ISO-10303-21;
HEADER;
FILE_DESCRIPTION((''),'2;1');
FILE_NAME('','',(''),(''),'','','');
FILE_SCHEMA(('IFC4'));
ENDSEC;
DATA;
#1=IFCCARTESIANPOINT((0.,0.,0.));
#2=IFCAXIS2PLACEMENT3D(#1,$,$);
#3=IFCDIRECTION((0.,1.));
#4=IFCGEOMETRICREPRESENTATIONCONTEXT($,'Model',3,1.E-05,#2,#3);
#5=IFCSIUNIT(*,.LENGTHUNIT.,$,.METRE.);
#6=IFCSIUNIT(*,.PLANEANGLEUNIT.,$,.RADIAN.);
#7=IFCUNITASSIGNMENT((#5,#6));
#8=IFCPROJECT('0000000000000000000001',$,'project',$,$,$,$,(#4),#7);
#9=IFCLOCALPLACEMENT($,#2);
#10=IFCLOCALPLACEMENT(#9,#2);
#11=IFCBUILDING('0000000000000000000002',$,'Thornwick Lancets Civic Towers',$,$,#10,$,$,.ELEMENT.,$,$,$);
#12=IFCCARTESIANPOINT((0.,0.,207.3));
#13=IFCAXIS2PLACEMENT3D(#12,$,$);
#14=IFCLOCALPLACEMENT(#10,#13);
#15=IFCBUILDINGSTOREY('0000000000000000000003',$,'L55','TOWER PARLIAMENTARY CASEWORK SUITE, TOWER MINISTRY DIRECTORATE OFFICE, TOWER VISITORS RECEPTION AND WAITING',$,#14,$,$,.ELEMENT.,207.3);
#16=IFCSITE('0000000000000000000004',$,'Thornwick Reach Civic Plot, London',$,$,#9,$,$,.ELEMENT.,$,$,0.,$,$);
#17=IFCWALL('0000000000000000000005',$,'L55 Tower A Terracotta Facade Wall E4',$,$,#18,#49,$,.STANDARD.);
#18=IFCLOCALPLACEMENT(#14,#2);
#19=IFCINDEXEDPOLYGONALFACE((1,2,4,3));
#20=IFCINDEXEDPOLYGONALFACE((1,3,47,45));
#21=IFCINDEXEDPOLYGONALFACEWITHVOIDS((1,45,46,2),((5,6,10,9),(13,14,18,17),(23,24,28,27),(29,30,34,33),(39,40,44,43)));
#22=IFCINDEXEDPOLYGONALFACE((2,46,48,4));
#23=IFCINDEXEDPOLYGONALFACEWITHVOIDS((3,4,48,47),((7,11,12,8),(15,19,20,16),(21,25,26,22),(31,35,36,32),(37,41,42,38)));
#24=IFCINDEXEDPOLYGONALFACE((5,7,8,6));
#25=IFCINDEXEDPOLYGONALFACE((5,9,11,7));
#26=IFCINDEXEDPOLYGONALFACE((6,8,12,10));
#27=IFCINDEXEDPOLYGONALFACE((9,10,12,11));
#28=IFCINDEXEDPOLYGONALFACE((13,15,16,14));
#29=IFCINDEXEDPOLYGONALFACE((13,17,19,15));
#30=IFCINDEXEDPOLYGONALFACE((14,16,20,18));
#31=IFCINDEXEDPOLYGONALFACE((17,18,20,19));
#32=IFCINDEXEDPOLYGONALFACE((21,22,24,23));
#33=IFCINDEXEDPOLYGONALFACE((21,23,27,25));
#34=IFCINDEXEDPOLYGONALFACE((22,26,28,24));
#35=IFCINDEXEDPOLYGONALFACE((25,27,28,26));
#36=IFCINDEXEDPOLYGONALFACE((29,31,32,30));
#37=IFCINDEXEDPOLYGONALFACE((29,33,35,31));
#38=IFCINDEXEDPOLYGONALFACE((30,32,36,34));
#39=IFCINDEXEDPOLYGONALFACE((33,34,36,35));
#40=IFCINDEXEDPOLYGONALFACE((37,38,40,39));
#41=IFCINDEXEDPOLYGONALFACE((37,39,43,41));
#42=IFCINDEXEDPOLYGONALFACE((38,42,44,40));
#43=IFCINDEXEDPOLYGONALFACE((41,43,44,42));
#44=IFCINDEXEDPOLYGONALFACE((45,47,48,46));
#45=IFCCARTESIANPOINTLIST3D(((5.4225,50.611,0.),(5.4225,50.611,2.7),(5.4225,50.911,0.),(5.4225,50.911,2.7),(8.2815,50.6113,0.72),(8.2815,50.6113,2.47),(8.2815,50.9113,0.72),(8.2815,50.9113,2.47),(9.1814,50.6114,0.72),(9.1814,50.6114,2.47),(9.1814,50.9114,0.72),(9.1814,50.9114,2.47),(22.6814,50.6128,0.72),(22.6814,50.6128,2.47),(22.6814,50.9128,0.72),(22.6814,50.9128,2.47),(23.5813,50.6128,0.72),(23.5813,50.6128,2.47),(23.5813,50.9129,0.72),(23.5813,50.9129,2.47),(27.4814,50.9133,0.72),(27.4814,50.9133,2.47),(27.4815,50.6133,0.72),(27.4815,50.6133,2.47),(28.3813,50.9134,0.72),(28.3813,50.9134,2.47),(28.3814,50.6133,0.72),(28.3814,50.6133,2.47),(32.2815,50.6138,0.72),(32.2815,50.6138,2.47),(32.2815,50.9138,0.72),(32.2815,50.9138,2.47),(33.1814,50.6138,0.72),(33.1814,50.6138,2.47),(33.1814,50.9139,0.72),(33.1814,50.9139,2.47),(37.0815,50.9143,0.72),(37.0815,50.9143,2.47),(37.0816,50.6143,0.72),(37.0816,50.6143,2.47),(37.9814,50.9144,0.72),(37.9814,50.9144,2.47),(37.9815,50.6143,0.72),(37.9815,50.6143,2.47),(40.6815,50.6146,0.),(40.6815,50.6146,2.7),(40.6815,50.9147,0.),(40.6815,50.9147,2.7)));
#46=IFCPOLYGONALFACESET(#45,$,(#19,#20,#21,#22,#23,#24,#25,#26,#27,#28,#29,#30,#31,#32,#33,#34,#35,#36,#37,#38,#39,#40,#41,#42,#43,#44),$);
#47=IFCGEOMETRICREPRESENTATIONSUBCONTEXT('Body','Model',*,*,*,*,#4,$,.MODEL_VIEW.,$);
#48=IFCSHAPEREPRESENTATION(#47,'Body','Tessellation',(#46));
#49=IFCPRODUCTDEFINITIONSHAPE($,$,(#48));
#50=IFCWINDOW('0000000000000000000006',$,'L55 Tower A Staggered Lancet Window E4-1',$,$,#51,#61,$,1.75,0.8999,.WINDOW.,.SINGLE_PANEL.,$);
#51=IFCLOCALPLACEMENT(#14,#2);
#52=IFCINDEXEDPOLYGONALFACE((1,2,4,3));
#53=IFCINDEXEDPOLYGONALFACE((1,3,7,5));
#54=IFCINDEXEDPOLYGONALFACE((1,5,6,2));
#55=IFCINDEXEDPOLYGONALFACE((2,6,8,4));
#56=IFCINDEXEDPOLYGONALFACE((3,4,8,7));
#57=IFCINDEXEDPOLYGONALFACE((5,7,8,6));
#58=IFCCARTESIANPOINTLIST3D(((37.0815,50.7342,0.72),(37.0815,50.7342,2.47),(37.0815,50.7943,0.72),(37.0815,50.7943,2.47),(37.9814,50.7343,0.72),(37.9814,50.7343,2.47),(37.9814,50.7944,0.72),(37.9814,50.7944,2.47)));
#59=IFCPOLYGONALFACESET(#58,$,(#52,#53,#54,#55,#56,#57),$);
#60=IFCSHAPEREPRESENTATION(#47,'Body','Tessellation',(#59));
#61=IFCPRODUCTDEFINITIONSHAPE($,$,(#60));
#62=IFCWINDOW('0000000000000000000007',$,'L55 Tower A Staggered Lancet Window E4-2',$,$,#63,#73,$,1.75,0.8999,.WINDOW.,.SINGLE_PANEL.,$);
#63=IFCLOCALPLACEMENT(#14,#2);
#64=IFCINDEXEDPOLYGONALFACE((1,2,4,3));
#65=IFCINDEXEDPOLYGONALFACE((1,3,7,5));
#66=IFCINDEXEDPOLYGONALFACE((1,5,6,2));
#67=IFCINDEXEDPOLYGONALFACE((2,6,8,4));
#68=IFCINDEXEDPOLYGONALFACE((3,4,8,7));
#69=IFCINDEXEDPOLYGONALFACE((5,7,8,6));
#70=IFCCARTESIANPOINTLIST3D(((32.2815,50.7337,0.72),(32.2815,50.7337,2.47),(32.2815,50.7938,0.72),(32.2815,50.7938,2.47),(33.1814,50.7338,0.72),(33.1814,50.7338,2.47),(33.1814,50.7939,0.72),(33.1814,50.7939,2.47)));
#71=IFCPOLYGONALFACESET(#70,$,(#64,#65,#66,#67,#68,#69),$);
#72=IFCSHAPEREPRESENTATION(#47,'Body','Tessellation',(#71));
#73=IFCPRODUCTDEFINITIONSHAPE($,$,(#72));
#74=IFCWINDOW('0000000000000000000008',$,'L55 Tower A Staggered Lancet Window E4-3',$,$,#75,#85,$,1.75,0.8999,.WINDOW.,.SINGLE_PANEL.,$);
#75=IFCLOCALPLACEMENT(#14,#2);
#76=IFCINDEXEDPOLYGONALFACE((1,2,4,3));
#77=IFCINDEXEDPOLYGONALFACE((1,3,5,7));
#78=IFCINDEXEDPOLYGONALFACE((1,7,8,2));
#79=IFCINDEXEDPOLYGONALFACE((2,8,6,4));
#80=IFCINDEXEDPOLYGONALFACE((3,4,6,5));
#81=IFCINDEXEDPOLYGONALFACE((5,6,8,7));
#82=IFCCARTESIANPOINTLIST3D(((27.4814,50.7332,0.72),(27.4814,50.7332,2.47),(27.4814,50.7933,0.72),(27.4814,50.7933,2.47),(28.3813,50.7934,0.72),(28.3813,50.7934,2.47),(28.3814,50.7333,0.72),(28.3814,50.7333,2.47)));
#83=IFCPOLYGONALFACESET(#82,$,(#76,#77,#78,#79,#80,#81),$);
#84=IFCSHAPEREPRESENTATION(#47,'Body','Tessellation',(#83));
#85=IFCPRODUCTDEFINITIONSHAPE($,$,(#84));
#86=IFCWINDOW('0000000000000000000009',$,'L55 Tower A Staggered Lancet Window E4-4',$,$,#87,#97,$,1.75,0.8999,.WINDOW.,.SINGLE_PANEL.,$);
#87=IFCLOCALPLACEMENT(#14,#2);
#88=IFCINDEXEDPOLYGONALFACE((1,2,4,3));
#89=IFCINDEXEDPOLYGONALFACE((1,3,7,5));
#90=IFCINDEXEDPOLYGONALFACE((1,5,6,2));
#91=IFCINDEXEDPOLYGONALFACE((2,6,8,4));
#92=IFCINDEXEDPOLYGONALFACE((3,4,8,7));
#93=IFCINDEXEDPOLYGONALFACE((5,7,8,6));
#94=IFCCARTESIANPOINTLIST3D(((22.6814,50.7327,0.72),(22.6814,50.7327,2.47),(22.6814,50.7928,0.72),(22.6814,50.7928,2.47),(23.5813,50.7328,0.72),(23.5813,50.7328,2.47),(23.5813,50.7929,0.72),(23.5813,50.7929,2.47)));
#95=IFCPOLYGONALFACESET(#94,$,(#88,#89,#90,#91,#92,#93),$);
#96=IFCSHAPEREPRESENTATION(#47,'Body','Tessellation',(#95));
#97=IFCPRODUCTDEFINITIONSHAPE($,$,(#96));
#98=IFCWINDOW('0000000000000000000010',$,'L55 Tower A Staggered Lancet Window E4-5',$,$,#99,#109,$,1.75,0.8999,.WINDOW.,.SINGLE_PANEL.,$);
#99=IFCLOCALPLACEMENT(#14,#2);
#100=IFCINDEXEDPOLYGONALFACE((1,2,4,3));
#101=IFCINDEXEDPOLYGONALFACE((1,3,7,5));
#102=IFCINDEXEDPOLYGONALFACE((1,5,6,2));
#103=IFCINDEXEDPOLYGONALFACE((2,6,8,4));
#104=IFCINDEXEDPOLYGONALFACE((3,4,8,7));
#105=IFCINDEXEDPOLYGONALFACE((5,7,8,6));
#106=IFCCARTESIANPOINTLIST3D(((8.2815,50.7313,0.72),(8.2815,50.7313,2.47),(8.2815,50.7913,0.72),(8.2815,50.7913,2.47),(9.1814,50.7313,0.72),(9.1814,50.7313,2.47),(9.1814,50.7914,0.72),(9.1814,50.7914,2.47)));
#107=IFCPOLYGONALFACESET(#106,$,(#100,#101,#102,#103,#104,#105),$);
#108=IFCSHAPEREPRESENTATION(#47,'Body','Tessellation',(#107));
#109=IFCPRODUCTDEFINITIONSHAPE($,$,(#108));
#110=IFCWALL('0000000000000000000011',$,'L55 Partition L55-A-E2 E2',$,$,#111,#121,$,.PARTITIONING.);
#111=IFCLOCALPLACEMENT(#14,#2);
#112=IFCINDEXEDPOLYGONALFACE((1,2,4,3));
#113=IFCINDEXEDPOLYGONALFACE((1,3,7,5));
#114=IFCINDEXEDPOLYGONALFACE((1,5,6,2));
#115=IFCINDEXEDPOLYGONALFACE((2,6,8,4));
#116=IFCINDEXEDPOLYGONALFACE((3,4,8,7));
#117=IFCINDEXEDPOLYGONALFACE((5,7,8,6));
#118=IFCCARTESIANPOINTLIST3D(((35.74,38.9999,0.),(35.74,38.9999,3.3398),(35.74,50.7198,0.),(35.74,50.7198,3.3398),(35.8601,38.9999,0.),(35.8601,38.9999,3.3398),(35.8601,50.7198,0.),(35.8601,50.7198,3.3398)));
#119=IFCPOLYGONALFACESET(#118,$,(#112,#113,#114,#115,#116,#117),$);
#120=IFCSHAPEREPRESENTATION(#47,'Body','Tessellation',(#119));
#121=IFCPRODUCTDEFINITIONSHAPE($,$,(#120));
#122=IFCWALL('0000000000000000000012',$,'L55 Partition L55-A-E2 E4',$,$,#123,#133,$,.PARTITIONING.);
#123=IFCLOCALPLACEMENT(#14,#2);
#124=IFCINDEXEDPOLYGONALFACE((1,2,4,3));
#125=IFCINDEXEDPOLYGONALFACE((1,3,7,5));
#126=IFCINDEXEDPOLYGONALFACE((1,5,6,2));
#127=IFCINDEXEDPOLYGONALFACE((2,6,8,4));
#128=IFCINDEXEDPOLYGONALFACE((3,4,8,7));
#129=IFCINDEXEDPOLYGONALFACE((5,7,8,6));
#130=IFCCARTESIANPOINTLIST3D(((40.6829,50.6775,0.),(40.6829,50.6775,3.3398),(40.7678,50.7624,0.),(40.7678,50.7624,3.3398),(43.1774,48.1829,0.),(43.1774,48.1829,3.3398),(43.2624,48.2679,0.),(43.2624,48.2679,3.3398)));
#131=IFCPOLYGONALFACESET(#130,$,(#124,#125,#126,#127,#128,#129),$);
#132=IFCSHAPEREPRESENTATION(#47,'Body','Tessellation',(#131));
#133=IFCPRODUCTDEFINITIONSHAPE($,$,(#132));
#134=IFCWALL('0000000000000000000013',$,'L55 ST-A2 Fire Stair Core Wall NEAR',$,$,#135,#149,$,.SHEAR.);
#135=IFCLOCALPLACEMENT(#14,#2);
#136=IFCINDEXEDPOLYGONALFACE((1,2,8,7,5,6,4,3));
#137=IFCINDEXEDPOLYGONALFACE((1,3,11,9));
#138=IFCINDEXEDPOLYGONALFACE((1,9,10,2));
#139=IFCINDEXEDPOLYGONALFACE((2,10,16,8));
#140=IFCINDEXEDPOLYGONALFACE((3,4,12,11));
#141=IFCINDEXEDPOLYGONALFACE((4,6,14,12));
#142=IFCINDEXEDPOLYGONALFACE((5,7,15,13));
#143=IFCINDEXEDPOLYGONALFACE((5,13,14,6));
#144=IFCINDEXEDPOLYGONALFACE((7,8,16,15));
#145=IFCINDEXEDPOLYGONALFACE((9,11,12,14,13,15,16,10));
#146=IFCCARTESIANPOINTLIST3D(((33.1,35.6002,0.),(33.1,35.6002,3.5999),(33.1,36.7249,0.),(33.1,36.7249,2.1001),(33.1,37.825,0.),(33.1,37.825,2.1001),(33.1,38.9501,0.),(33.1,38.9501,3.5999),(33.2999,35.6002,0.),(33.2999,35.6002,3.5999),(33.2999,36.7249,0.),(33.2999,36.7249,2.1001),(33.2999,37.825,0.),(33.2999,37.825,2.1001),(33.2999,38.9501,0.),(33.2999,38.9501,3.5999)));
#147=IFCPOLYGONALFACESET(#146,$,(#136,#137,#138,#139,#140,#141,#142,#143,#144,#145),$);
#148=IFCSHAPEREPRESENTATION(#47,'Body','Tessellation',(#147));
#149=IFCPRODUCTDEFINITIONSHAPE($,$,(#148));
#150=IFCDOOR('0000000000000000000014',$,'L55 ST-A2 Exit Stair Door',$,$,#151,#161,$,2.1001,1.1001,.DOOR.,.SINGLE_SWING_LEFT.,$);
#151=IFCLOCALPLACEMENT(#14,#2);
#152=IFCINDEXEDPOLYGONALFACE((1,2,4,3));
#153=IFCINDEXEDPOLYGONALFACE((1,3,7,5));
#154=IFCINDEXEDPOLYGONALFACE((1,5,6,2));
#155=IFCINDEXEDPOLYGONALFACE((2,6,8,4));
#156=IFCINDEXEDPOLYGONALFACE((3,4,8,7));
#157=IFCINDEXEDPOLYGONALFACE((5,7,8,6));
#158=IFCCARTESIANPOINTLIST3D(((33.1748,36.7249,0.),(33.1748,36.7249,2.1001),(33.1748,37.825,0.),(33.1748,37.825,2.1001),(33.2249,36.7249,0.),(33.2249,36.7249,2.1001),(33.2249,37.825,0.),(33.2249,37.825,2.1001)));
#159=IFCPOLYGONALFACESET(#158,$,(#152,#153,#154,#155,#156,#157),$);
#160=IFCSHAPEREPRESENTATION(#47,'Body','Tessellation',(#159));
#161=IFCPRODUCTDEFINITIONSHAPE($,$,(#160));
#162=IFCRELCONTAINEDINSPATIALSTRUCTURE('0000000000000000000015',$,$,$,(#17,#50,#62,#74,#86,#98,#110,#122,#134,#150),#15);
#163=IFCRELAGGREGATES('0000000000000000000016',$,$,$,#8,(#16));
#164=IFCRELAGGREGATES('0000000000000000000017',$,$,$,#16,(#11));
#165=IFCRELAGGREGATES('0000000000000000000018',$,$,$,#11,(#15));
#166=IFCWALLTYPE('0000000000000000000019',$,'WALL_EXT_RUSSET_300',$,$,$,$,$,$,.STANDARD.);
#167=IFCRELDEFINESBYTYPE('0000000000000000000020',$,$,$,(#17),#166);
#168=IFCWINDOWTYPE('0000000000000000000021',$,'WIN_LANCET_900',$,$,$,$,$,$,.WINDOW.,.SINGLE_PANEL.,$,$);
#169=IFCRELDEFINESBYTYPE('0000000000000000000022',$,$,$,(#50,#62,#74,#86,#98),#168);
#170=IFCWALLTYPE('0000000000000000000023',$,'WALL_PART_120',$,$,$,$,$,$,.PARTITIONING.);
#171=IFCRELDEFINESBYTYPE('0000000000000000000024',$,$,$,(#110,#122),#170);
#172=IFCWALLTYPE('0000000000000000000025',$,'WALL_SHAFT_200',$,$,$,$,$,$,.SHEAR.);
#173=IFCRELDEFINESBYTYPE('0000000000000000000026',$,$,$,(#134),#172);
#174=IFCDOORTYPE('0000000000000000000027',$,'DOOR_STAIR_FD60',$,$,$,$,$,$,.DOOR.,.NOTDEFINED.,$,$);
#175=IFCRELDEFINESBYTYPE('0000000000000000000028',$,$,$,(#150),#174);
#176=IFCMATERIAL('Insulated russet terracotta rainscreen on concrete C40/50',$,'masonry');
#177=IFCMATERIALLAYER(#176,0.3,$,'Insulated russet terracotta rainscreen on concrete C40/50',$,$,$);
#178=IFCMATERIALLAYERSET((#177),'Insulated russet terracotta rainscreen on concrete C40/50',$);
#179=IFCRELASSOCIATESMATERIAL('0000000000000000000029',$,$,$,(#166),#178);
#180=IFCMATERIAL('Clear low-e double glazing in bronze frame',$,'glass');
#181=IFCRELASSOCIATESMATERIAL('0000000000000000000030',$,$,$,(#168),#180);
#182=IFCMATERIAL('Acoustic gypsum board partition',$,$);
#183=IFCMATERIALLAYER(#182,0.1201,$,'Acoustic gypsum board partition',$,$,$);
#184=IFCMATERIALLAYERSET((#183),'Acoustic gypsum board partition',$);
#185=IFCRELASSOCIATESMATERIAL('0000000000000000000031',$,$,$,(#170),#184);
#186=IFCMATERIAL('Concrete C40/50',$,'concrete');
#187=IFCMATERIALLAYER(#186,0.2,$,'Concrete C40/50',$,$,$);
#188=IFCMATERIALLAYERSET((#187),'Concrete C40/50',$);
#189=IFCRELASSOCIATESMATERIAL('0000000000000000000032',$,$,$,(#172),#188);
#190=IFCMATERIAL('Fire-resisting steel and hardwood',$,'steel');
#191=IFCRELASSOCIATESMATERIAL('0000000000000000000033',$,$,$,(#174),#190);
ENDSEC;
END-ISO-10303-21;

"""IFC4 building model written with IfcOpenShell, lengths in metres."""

from ifc_helpers import new_model, si_unit, direction, frame, frame_2d, origin, place, context, subcontext, project, spatial, rectangle, extrude, material, layer, layer_set, type_object, element, fill, save


model = new_model("IFC4")

# Units and contexts
model_context = context("Model", 3, precision=1e-05, world=origin(), true_north=direction((0.0, 1.0)))
body_context = subcontext(model_context, "Body", "Model", "MODEL_VIEW")
ifc_project = project(units=[si_unit("LENGTHUNIT", "METRE"), si_unit("PLANEANGLEUNIT", "RADIAN")], contexts=[model_context])

# Site, building, storey
site_placement = place(None, origin())
site = spatial("IfcSite", under=ifc_project, at=site_placement, Name="Thornwick Reach Civic Plot, London", CompositionType="ELEMENT", RefElevation=0.0)
building_placement = place(site_placement, origin())
building = spatial("IfcBuilding", under=site, at=building_placement, Name="Thornwick Lancets Civic Towers", CompositionType="ELEMENT")
storey_placement = place(building_placement, frame((0.0, 0.0, 207.3)))
storey = spatial("IfcBuildingStorey", under=building, at=storey_placement, Name="L55", Description="TOWER PARLIAMENTARY CASEWORK SUITE, TOWER MINISTRY DIRECTORATE OFFICE, TOWER VISITORS RECEPTION AND WAITING", CompositionType="ELEMENT", Elevation=207.3)

# Shared definitions
ifc_material_1 = material(Name="Concrete C40/50", Category="concrete")

# Wall, openings, windows
ifc_material_2 = material(Name="Insulated russet terracotta rainscreen on concrete C40/50", Category="masonry")
ifc_layer_1 = layer(ifc_material_2, 0.3, Name="Insulated russet terracotta rainscreen on concrete C40/50")
ifc_layer_set_1 = layer_set([ifc_layer_1], Name="Insulated russet terracotta rainscreen on concrete C40/50")
wall_type_1 = type_object("IfcWallType", Name="WALL_EXT_RUSSET_300", PredefinedType="STANDARD", material=ifc_layer_set_1)
wall_1_placement = place(storey_placement, frame((40.6814, 50.7646, 0.0), z_axis=(0.0, 0.0, 1.0), x_axis=(-1.0, -0.000104, 0.0)))
wall_1 = element("IfcWall", 1, at=wall_1_placement, inside=storey, type_object=wall_type_1, Name="L55 Tower A Terracotta Facade Wall E4", PredefinedType="STANDARD", context=body_context, shape_type="SweptSolid", body=[
    extrude(rectangle(XDim=35.259, YDim=0.3, at=frame_2d((17.6294, 0.0))), origin(), (0.0, 0.0, 1.0), 2.7),
])
opening_1_placement = place(wall_1_placement, frame((2.7, 0.0, 0.72)))
opening_1 = element("IfcOpeningElement", 2, at=opening_1_placement, cuts=wall_1, PredefinedType="OPENING", context=body_context, shape_type="SweptSolid", body=[
    extrude(rectangle(XDim=0.8999, YDim=1.75, at=frame_2d((0.45, 0.875))), frame((0.0, 0.1602, 0.0), z_axis=(0.0, -1.0, 0.0), x_axis=(1.0, 0.0, 0.0)), (0.0, 0.0, 1.0), 0.3201),
])
opening_2_placement = place(wall_1_placement, frame((7.5, 0.0, 0.72)))
opening_2 = element("IfcOpeningElement", 3, at=opening_2_placement, cuts=wall_1, PredefinedType="OPENING", context=body_context, shape_type="SweptSolid", body=[
    extrude(rectangle(XDim=0.8999, YDim=1.75, at=frame_2d((0.45, 0.875))), frame((0.0, 0.1602, 0.0), z_axis=(0.0, -1.0, 0.0), x_axis=(1.0, 0.0, 0.0)), (0.0, 0.0, 1.0), 0.3201),
])
opening_3_placement = place(wall_1_placement, frame((12.3, 0.0, 0.72)))
opening_3 = element("IfcOpeningElement", 4, at=opening_3_placement, cuts=wall_1, PredefinedType="OPENING", context=body_context, shape_type="SweptSolid", body=[
    extrude(rectangle(XDim=0.8999, YDim=1.75, at=frame_2d((0.45, 0.875))), frame((0.0, 0.1602, 0.0), z_axis=(0.0, -1.0, 0.0), x_axis=(1.0, 0.0, 0.0)), (0.0, 0.0, 1.0), 0.3201),
])
opening_4_placement = place(wall_1_placement, frame((17.1001, 0.0, 0.72)))
opening_4 = element("IfcOpeningElement", 5, at=opening_4_placement, cuts=wall_1, PredefinedType="OPENING", context=body_context, shape_type="SweptSolid", body=[
    extrude(rectangle(XDim=0.8999, YDim=1.75, at=frame_2d((0.45, 0.875))), frame((0.0, 0.1602, 0.0), z_axis=(0.0, -1.0, 0.0), x_axis=(1.0, 0.0, 0.0)), (0.0, 0.0, 1.0), 0.3201),
])
opening_5_placement = place(wall_1_placement, frame((31.5, 0.0, 0.72)))
opening_5 = element("IfcOpeningElement", 6, at=opening_5_placement, cuts=wall_1, PredefinedType="OPENING", context=body_context, shape_type="SweptSolid", body=[
    extrude(rectangle(XDim=0.8999, YDim=1.75, at=frame_2d((0.45, 0.875))), frame((0.0, 0.1602, 0.0), z_axis=(0.0, -1.0, 0.0), x_axis=(1.0, 0.0, 0.0)), (0.0, 0.0, 1.0), 0.3201),
])
ifc_material_3 = material(Name="Clear low-e double glazing in bronze frame", Category="glass")
window_type = type_object("IfcWindowType", Name="WIN_LANCET_900", PartitioningType="SINGLE_PANEL", PredefinedType="WINDOW", material=ifc_material_3)
window_1_placement = place(opening_1_placement, origin())
window_1 = element("IfcWindow", 7, at=window_1_placement, inside=storey, type_object=window_type, Name="L55 Tower A Staggered Lancet Window E4-1", OverallHeight=1.75, OverallWidth=0.8999, PartitioningType="SINGLE_PANEL", PredefinedType="WINDOW", context=body_context, shape_type="SweptSolid", body=[
    extrude(rectangle(XDim=0.8999, YDim=1.75, at=frame_2d((0.45, 0.875))), frame((0.0, 0.03, 0.0), z_axis=(0.0, -1.0, 0.0), x_axis=(1.0, 0.0, 0.0)), (0.0, 0.0, 1.0), 0.0601),
])
fill(opening_1, window_1)
window_2_placement = place(opening_2_placement, origin())
window_2 = element("IfcWindow", 8, at=window_2_placement, inside=storey, type_object=window_type, Name="L55 Tower A Staggered Lancet Window E4-2", OverallHeight=1.75, OverallWidth=0.8999, PartitioningType="SINGLE_PANEL", PredefinedType="WINDOW", context=body_context, shape_type="SweptSolid", body=[
    extrude(rectangle(XDim=0.8999, YDim=1.75, at=frame_2d((0.45, 0.875))), frame((0.0, 0.03, 0.0), z_axis=(0.0, -1.0, 0.0), x_axis=(1.0, 0.0, 0.0)), (0.0, 0.0, 1.0), 0.0601),
])
fill(opening_2, window_2)
window_3_placement = place(opening_3_placement, origin())
window_3 = element("IfcWindow", 9, at=window_3_placement, inside=storey, type_object=window_type, Name="L55 Tower A Staggered Lancet Window E4-3", OverallHeight=1.75, OverallWidth=0.8999, PartitioningType="SINGLE_PANEL", PredefinedType="WINDOW", context=body_context, shape_type="SweptSolid", body=[
    extrude(rectangle(XDim=0.8999, YDim=1.75, at=frame_2d((0.45, 0.875))), frame((0.0, 0.03, 0.0), z_axis=(0.0, -1.0, 0.0), x_axis=(1.0, 0.0, 0.0)), (0.0, 0.0, 1.0), 0.0601),
])
fill(opening_3, window_3)
window_4_placement = place(opening_4_placement, origin())
window_4 = element("IfcWindow", 10, at=window_4_placement, inside=storey, type_object=window_type, Name="L55 Tower A Staggered Lancet Window E4-4", OverallHeight=1.75, OverallWidth=0.8999, PartitioningType="SINGLE_PANEL", PredefinedType="WINDOW", context=body_context, shape_type="SweptSolid", body=[
    extrude(rectangle(XDim=0.8999, YDim=1.75, at=frame_2d((0.45, 0.875))), frame((0.0, 0.03, 0.0), z_axis=(0.0, -1.0, 0.0), x_axis=(1.0, 0.0, 0.0)), (0.0, 0.0, 1.0), 0.0601),
])
fill(opening_4, window_4)
window_5_placement = place(opening_5_placement, origin())
window_5 = element("IfcWindow", 11, at=window_5_placement, inside=storey, type_object=window_type, Name="L55 Tower A Staggered Lancet Window E4-5", OverallHeight=1.75, OverallWidth=0.8999, PartitioningType="SINGLE_PANEL", PredefinedType="WINDOW", context=body_context, shape_type="SweptSolid", body=[
    extrude(rectangle(XDim=0.8999, YDim=1.75, at=frame_2d((0.45, 0.875))), frame((0.0, 0.03, 0.0), z_axis=(0.0, -1.0, 0.0), x_axis=(1.0, 0.0, 0.0)), (0.0, 0.0, 1.0), 0.0601),
])
fill(opening_5, window_5)

# Walls
ifc_material_4 = material(Name="Acoustic gypsum board partition")
ifc_layer_2 = layer(ifc_material_4, 0.1201, Name="Acoustic gypsum board partition")
ifc_layer_set_2 = layer_set([ifc_layer_2], Name="Acoustic gypsum board partition")
wall_type_2 = type_object("IfcWallType", Name="WALL_PART_120", PredefinedType="PARTITIONING", material=ifc_layer_set_2)
wall_2_placement = place(storey_placement, frame((35.8, 39.0, 0.0), z_axis=(0.0, 0.0, 1.0), x_axis=(0.0, 1.0, 0.0)))
element("IfcWall", 12, at=wall_2_placement, inside=storey, type_object=wall_type_2, Name="L55 Partition L55-A-E2 E2", PredefinedType="PARTITIONING", context=body_context, shape_type="SweptSolid", body=[
    extrude(rectangle(XDim=11.72, YDim=0.1201, at=frame_2d((5.8599, 0.0))), origin(), (0.0, 0.0, 1.0), 3.3398),
])
wall_3_placement = place(storey_placement, frame((40.7253, 50.72, 0.0), z_axis=(0.0, 0.0, 1.0), x_axis=(0.707107, -0.707107, 0.0)))
element("IfcWall", 13, at=wall_3_placement, inside=storey, type_object=wall_type_2, Name="L55 Partition L55-A-E2 E4", PredefinedType="PARTITIONING", context=body_context, shape_type="SweptSolid", body=[
    extrude(rectangle(XDim=3.5278, YDim=0.1201, at=frame_2d((1.7639, 0.0))), origin(), (0.0, 0.0, 1.0), 3.3398),
])

# Wall, opening, door
ifc_layer_3 = layer(ifc_material_1, 0.2, Name="Concrete C40/50")
ifc_layer_set_3 = layer_set([ifc_layer_3], Name="Concrete C40/50")
wall_type_3 = type_object("IfcWallType", Name="WALL_SHAFT_200", PredefinedType="SHEAR", material=ifc_layer_set_3)
wall_4_placement = place(storey_placement, frame((33.2, 38.95, 0.0), z_axis=(0.0, 0.0, 1.0), x_axis=(0.0, -1.0, 0.0)))
wall_4 = element("IfcWall", 14, at=wall_4_placement, inside=storey, type_object=wall_type_3, Name="L55 ST-A2 Fire Stair Core Wall NEAR", PredefinedType="SHEAR", context=body_context, shape_type="SweptSolid", body=[
    extrude(rectangle(XDim=3.3499, YDim=0.2, at=frame_2d((1.6748, 0.0))), origin(), (0.0, 0.0, 1.0), 3.5999),
])
opening_6_placement = place(wall_4_placement, frame((1.125, 0.0, 0.0)))
opening_6 = element("IfcOpeningElement", 15, at=opening_6_placement, cuts=wall_4, PredefinedType="OPENING", context=body_context, shape_type="SweptSolid", body=[
    extrude(rectangle(XDim=1.1001, YDim=2.1001, at=frame_2d((0.55, 1.05))), frame((0.0, 0.1099, 0.0), z_axis=(0.0, -1.0, 0.0), x_axis=(1.0, 0.0, 0.0)), (0.0, 0.0, 1.0), 0.22),
])
ifc_material_5 = material(Name="Fire-resisting steel and hardwood", Category="steel")
door_type = type_object("IfcDoorType", Name="DOOR_STAIR_FD60", OperationType="NOTDEFINED", PredefinedType="DOOR", material=ifc_material_5)
door_placement = place(opening_6_placement, origin())
door = element("IfcDoor", 16, at=door_placement, inside=storey, type_object=door_type, Name="L55 ST-A2 Exit Stair Door", OperationType="SINGLE_SWING_LEFT", OverallHeight=2.1001, OverallWidth=1.1001, PredefinedType="DOOR", context=body_context, shape_type="SweptSolid", body=[
    extrude(rectangle(XDim=1.1001, YDim=2.1001, at=frame_2d((0.55, 1.05))), frame((0.0, 0.0249, 0.0), z_axis=(0.0, -1.0, 0.0), x_axis=(1.0, 0.0, 0.0)), (0.0, 0.0, 1.0), 0.05),
])
fill(opening_6, door)

save(model, "model.ifc")
